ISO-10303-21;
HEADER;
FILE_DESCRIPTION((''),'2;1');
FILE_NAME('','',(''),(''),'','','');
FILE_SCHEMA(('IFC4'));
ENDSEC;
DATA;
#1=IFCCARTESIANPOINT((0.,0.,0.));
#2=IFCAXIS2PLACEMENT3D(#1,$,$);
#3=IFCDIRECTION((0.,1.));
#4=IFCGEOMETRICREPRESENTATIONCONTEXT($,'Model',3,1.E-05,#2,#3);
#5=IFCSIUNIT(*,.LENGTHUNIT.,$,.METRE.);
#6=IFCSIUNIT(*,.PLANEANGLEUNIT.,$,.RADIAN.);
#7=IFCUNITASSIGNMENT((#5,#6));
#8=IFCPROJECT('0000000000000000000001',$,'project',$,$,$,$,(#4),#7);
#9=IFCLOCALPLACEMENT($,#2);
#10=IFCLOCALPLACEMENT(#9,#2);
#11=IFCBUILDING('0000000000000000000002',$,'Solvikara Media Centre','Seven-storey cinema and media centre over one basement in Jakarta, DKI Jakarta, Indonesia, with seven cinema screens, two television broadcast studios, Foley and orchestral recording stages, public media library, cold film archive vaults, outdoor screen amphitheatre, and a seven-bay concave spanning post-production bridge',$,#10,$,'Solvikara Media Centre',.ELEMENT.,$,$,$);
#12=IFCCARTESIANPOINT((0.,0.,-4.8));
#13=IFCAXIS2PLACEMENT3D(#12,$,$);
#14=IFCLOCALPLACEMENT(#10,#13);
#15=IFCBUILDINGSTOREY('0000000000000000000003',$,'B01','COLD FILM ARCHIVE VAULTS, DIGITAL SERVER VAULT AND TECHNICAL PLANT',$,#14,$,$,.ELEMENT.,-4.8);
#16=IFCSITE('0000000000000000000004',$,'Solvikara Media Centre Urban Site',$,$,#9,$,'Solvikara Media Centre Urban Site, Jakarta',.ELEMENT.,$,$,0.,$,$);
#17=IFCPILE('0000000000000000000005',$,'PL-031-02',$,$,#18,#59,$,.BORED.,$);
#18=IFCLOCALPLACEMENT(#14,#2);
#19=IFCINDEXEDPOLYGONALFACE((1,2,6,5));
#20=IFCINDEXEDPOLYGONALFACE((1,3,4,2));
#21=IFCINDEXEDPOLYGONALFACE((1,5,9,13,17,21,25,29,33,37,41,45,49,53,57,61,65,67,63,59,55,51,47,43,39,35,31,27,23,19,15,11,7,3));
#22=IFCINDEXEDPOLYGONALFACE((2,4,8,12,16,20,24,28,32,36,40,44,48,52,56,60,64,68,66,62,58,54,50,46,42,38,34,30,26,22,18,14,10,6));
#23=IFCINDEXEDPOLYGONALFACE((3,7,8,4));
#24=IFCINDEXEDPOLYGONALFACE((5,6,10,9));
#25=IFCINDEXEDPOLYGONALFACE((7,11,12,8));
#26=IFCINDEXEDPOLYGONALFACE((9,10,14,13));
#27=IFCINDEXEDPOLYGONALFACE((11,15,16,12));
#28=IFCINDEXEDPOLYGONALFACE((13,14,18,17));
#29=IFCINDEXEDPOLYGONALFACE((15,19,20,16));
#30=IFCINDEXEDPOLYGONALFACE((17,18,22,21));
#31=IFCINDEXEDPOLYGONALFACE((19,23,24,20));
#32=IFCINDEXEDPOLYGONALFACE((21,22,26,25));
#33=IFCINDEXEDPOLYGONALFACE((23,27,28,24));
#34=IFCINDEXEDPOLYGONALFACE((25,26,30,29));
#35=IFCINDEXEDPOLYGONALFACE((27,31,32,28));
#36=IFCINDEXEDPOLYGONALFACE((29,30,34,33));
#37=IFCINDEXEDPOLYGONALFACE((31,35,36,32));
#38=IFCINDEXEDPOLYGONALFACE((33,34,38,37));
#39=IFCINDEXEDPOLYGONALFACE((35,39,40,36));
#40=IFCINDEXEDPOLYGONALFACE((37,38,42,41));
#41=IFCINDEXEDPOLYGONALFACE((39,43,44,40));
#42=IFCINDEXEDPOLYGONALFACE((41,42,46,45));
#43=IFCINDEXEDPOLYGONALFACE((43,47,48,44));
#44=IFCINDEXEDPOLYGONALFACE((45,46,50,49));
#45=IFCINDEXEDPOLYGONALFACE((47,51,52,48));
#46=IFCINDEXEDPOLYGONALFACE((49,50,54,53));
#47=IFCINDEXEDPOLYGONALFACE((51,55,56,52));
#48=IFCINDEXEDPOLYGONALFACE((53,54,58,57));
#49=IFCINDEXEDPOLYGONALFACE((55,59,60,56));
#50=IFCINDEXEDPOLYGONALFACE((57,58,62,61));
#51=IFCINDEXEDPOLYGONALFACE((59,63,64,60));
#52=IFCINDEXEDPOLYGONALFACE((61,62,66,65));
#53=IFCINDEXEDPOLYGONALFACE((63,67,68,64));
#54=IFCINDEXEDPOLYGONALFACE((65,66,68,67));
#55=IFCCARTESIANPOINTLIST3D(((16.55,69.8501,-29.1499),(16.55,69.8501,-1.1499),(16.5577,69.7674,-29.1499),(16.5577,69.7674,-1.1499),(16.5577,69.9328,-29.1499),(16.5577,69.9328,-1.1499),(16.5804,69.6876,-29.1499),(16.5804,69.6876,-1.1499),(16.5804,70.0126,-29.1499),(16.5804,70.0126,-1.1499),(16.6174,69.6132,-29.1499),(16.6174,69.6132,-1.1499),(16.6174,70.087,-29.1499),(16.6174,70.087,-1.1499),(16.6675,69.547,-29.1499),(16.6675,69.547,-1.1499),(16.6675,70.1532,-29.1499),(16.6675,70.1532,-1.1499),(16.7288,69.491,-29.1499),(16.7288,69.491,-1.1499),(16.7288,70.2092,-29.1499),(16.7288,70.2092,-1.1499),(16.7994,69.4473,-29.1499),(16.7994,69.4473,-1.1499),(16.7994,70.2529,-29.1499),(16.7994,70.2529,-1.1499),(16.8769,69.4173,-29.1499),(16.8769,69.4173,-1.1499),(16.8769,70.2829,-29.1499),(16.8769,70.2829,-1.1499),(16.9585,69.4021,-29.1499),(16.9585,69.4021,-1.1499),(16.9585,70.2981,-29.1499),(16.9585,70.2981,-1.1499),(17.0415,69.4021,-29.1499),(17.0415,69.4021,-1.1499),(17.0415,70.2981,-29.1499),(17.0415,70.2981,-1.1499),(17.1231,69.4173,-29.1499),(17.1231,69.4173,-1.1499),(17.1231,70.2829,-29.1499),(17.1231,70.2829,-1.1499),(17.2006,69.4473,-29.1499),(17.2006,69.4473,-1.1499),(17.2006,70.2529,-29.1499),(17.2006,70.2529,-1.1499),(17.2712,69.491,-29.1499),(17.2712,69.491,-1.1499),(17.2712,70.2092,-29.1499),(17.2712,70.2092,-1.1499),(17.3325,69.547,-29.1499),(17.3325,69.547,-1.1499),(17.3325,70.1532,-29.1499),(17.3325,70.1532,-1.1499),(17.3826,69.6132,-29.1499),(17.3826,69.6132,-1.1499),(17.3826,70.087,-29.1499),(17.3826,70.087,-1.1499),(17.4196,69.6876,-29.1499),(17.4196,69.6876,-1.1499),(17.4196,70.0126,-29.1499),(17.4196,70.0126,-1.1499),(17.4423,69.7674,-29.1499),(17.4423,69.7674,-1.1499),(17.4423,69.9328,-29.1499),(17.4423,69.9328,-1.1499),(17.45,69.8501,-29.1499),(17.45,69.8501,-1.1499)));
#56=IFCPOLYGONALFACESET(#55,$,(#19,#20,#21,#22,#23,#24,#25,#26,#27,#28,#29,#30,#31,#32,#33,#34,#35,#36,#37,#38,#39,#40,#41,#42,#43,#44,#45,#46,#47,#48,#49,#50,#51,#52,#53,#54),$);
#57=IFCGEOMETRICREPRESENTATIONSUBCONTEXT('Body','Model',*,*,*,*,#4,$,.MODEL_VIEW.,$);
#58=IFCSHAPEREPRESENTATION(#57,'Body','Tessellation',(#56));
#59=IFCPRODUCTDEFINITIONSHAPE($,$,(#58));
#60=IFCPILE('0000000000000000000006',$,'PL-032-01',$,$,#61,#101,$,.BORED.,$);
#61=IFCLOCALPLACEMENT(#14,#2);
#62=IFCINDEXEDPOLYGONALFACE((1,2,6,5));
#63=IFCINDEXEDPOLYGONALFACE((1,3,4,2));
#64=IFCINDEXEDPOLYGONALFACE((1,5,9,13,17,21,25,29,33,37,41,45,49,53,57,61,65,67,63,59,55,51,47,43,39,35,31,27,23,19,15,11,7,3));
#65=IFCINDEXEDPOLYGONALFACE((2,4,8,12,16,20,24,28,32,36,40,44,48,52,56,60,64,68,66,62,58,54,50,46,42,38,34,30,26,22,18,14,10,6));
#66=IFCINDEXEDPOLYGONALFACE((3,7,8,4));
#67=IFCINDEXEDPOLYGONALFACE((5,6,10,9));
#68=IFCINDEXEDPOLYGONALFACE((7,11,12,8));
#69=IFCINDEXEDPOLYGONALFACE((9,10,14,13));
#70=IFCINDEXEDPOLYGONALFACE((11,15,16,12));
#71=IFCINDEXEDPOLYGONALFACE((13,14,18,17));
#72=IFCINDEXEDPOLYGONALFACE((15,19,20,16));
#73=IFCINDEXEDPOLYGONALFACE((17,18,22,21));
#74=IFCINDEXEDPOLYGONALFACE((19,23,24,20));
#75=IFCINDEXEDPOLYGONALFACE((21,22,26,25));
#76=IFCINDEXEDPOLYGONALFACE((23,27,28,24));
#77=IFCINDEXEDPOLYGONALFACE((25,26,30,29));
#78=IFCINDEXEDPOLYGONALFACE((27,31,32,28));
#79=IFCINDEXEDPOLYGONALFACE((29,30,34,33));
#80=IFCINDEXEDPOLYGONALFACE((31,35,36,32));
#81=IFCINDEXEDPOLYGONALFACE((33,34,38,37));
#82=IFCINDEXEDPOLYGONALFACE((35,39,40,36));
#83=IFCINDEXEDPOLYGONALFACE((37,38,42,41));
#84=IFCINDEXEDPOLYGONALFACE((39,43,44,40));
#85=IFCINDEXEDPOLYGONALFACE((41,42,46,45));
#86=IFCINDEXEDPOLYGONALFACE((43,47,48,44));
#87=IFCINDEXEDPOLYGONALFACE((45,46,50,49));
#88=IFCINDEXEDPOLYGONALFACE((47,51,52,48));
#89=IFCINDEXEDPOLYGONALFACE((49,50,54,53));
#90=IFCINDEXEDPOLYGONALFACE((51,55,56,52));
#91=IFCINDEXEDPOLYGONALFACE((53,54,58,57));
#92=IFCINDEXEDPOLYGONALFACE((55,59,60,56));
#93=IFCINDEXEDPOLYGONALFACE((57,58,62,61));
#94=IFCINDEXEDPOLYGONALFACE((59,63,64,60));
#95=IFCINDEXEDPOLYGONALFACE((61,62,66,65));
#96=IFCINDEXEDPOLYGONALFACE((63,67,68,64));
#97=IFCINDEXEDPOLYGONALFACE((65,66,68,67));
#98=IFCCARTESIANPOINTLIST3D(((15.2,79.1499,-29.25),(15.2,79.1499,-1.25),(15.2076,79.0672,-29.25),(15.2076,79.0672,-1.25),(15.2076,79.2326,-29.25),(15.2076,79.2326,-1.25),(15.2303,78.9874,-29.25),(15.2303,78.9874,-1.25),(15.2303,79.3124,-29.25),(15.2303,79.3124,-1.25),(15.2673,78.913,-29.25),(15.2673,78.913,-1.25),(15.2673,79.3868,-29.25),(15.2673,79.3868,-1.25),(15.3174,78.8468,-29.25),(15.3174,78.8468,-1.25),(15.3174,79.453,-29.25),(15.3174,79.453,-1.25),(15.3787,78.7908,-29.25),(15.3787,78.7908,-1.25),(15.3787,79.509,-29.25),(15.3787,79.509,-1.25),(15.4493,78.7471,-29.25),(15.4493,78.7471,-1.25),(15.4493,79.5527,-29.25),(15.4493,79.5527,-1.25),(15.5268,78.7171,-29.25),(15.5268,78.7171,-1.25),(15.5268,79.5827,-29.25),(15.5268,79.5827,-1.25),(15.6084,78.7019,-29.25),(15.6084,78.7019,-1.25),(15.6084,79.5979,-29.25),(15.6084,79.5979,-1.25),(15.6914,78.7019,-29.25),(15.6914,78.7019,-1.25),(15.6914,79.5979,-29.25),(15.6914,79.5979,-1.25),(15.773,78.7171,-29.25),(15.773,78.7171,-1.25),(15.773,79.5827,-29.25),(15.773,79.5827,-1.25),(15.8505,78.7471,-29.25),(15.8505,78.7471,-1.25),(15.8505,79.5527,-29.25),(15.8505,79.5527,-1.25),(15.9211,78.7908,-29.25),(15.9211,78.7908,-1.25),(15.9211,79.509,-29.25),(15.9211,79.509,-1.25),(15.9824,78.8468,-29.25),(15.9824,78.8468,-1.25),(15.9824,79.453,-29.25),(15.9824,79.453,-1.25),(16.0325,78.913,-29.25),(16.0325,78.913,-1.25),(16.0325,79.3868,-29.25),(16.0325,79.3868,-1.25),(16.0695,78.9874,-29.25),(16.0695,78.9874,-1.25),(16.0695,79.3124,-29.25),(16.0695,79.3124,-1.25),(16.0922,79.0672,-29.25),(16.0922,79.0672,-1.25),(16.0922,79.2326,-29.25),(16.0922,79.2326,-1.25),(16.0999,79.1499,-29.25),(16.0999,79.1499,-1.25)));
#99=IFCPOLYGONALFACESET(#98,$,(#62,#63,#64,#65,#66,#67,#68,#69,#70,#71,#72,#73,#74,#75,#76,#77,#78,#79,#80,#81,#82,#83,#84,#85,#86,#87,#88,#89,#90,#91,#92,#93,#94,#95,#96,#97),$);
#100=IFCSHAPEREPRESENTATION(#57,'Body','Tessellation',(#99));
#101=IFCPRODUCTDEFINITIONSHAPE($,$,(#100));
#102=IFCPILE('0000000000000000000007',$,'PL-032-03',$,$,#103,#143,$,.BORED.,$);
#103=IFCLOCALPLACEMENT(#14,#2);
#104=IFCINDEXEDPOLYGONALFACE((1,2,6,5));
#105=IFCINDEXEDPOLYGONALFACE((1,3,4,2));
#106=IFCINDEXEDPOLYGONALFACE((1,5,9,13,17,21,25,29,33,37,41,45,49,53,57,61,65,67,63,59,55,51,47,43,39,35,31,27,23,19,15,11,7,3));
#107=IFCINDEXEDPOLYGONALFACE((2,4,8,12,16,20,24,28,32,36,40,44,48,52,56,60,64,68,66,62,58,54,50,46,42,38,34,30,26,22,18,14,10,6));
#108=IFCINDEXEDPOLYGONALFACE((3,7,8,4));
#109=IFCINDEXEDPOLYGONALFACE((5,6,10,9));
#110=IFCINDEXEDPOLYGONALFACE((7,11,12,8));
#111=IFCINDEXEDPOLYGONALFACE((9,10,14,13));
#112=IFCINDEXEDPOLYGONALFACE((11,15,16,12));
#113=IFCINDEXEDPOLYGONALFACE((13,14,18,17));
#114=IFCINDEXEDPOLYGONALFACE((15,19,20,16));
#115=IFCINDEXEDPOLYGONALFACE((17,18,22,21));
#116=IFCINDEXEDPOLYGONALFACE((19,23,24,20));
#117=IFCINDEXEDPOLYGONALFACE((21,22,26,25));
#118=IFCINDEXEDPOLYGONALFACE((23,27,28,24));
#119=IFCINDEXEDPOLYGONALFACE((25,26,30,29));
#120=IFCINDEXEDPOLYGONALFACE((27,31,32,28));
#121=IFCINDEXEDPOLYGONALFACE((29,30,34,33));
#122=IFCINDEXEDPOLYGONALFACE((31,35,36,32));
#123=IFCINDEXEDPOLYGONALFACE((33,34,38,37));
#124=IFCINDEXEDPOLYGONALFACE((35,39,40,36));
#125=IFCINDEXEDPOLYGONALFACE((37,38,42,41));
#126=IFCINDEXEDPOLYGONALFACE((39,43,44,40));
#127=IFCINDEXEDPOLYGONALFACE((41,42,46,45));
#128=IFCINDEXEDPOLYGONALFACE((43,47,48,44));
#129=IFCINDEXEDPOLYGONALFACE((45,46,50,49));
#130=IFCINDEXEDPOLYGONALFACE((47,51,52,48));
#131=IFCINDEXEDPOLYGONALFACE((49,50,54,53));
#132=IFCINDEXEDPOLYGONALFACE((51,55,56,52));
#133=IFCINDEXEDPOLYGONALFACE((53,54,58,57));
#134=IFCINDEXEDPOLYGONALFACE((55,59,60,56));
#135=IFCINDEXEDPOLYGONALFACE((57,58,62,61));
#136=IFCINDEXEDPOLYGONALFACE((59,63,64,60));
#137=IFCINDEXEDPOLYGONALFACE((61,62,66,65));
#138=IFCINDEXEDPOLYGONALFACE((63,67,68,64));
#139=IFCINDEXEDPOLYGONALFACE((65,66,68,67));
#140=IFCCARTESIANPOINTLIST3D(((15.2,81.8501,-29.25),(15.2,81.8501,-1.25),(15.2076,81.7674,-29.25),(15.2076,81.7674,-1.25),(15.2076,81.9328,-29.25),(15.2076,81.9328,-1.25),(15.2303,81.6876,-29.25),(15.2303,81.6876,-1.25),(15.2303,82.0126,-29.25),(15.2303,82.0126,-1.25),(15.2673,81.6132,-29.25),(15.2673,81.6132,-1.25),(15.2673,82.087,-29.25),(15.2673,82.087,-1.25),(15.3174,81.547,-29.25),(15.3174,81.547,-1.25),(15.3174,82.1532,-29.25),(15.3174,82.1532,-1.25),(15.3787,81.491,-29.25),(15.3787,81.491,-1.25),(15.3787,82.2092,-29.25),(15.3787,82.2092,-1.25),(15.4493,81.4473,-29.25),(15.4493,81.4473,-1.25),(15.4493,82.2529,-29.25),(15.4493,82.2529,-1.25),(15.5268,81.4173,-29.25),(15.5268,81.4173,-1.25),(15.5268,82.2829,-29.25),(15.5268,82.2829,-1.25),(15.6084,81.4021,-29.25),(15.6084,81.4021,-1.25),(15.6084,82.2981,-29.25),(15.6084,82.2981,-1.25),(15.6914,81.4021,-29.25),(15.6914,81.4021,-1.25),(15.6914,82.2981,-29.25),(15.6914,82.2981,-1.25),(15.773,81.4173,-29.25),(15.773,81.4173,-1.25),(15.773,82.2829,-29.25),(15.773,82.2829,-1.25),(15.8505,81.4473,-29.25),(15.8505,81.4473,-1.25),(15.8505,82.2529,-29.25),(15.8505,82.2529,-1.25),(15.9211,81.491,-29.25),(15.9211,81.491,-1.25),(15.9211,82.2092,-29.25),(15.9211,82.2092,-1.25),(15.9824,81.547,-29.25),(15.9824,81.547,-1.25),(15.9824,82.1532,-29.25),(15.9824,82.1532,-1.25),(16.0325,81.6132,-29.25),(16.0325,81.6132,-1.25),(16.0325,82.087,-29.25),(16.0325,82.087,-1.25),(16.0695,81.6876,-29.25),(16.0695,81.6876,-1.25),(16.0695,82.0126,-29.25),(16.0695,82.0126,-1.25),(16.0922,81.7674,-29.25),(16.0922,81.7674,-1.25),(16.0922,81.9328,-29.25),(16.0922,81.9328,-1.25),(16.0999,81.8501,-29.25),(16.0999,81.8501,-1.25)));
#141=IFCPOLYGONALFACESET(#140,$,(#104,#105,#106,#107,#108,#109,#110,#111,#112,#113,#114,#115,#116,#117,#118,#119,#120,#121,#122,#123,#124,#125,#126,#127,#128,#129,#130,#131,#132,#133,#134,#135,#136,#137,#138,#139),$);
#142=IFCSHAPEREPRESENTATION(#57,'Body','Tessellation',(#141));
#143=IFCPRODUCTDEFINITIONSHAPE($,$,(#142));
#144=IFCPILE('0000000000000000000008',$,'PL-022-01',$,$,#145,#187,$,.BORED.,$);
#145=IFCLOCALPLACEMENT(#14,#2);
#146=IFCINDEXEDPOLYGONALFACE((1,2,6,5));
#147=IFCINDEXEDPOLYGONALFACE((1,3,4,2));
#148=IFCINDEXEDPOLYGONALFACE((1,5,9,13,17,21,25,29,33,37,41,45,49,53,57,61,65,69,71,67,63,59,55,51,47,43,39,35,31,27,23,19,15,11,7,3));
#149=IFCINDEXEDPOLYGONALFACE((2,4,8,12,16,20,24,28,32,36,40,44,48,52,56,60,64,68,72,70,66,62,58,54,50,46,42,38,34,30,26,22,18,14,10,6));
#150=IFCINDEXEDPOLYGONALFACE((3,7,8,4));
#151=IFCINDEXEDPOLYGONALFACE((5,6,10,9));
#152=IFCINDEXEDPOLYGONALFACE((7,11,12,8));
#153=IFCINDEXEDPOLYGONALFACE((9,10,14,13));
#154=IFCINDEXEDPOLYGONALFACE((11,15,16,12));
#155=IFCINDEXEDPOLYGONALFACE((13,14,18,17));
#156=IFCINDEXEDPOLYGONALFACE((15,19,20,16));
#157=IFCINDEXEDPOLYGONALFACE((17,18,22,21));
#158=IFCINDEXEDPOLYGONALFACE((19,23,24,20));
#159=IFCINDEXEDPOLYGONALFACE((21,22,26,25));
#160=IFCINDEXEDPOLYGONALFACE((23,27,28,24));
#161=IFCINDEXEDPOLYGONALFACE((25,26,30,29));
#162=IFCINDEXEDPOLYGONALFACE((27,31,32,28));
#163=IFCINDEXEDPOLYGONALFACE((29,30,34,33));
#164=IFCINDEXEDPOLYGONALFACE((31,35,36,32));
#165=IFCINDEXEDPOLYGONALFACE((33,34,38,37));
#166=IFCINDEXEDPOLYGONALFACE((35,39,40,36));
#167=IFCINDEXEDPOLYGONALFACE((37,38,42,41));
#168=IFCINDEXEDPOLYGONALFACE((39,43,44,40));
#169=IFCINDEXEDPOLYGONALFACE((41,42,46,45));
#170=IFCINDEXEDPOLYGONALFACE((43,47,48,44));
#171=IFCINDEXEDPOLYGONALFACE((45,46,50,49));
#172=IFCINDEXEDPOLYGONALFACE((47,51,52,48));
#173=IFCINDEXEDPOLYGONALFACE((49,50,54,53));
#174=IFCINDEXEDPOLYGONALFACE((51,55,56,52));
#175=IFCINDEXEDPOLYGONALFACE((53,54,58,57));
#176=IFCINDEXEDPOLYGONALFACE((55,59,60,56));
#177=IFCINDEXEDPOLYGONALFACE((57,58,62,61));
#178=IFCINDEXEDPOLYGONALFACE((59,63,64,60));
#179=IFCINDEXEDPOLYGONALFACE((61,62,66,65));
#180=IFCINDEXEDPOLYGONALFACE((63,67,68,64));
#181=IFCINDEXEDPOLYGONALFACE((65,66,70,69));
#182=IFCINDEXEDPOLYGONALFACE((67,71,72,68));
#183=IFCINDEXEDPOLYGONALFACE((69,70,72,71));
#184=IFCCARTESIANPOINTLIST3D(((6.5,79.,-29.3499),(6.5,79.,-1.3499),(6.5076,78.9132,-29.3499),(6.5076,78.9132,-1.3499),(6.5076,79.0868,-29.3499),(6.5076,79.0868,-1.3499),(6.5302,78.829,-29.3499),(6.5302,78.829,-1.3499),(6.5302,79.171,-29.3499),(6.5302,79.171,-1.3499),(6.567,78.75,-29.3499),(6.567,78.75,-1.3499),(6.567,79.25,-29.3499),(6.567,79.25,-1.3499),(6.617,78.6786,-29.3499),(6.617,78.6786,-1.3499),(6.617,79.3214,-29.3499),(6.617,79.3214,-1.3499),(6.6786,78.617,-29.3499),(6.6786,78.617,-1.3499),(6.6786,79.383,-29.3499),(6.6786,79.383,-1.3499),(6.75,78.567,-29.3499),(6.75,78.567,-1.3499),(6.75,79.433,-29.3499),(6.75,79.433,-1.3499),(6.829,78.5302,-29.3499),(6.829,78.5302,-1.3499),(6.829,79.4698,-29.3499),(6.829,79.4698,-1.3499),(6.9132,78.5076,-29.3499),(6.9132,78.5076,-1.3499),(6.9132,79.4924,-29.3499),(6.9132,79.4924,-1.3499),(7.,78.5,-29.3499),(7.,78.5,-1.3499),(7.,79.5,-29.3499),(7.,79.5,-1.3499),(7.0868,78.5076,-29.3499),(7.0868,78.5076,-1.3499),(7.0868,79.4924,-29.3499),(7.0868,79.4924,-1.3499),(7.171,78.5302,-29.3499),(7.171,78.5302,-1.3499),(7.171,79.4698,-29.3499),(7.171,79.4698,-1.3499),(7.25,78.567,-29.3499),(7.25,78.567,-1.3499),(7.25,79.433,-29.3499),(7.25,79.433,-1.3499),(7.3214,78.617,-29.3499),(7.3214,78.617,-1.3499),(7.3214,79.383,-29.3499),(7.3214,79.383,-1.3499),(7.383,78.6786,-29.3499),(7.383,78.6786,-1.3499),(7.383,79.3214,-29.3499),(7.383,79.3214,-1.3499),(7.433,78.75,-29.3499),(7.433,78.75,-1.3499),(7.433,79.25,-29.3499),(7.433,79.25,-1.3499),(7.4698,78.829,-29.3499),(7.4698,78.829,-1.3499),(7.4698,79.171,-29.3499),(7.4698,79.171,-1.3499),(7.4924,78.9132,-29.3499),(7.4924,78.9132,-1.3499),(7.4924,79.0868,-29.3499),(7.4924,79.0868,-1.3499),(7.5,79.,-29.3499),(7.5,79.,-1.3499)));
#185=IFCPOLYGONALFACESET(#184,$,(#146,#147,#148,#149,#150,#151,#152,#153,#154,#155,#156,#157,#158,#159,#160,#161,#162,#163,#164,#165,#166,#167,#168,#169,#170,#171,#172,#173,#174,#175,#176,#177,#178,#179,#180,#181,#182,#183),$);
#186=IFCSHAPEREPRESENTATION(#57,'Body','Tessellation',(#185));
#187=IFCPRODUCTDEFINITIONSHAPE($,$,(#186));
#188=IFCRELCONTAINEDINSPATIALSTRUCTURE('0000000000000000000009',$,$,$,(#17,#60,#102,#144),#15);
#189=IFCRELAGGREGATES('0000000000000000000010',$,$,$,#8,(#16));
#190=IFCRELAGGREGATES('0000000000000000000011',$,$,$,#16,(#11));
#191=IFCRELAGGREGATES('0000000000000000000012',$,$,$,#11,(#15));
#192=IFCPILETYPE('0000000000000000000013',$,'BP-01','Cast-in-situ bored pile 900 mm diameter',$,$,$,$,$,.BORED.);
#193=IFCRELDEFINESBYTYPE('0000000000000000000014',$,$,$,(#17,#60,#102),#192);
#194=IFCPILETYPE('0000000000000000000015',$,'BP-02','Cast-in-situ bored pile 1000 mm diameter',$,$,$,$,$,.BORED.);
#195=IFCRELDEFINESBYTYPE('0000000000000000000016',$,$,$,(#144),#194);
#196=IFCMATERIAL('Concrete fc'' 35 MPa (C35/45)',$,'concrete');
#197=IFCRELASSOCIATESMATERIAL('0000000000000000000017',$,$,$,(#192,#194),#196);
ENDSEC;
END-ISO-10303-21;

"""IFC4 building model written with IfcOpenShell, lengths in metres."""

from ifc_helpers import new_model, si_unit, direction, frame, origin, origin_2d, place, context, subcontext, project, spatial, circle, extrude, material, material_profile, profile_set, type_object, element, save


model = new_model("IFC4")

# Units and contexts
model_context = context("Model", 3, precision=1e-05, world=origin(), true_north=direction((0.0, 1.0)))
body_context = subcontext(model_context, "Body", "Model", "MODEL_VIEW")
ifc_project = project(units=[si_unit("LENGTHUNIT", "METRE"), si_unit("PLANEANGLEUNIT", "RADIAN")], contexts=[model_context])

# Site, building, storey
site_placement = place(None, origin())
site = spatial("IfcSite", under=ifc_project, at=site_placement, Name="Solvikara Media Centre Urban Site", LongName="Solvikara Media Centre Urban Site, Jakarta", CompositionType="ELEMENT", RefElevation=0.0)
building_placement = place(site_placement, origin())
building = spatial("IfcBuilding", under=site, at=building_placement, Name="Solvikara Media Centre", Description="Seven-storey cinema and media centre over one basement in Jakarta, DKI Jakarta, Indonesia, with seven cinema screens, two television broadcast studios, Foley and orchestral recording stages, public media library, cold film archive vaults, outdoor screen amphitheatre, and a seven-bay concave spanning post-production bridge", LongName="Solvikara Media Centre", CompositionType="ELEMENT")
storey_placement = place(building_placement, frame((0.0, 0.0, -4.8)))
storey = spatial("IfcBuildingStorey", under=building, at=storey_placement, Name="B01", Description="COLD FILM ARCHIVE VAULTS, DIGITAL SERVER VAULT AND TECHNICAL PLANT", CompositionType="ELEMENT", Elevation=-4.8)

# Piles
ifc_material_1 = material(Name="Concrete fc' 35 MPa (C35/45)", Category="concrete")
ifc_material_profile_1 = material_profile(ifc_material_1, circle(Radius=0.45, at=origin_2d()), Name="BORED PILE D900")
ifc_profile_set_1 = profile_set([ifc_material_profile_1], Name="Concrete fc' 35 MPa (C35/45)")
pile_type_1 = type_object("IfcPileType", Name="BP-01", Description="Cast-in-situ bored pile 900 mm diameter", PredefinedType="BORED", material=ifc_profile_set_1)
for number, where, z_axis, x_axis, name in (
    (1, (17.0, 69.8501, -1.1499), (0.0, 0.0, -1.0), (1.0, 0.0, 0.0), "PL-031-02"),
    (2, (15.6499, 79.1499, -1.25), (0.0, 0.0, -1.0), (1.0, 0.0, 0.0), "PL-032-01"),
    (3, (15.6499, 81.8501, -1.25), (0.0, 0.0, -1.0), (1.0, 0.0, 0.0), "PL-032-03"),
):
    element("IfcPile", number, at=place(storey_placement, frame(where, z_axis=z_axis, x_axis=x_axis)), inside=storey, type_object=pile_type_1, Name=name, PredefinedType="BORED", context=body_context, shape_type="SweptSolid", body=[
        extrude(circle(Radius=0.45, at=origin_2d()), origin(), (0.0, 0.0, 1.0), 28.0),
    ])
ifc_material_profile_2 = material_profile(ifc_material_1, circle(Radius=0.5, at=origin_2d()), Name="BORED PILE D1000")
ifc_profile_set_2 = profile_set([ifc_material_profile_2], Name="Concrete fc' 35 MPa (C35/45)")
pile_type_2 = type_object("IfcPileType", Name="BP-02", Description="Cast-in-situ bored pile 1000 mm diameter", PredefinedType="BORED", material=ifc_profile_set_2)
for number, where, z_axis, x_axis, name in (
    (4, (7.0, 79.0, -1.3499), (0.0, 0.0, -1.0), (1.0, 0.0, 0.0), "PL-022-01"),
):
    element("IfcPile", number, at=place(storey_placement, frame(where, z_axis=z_axis, x_axis=x_axis)), inside=storey, type_object=pile_type_2, Name=name, PredefinedType="BORED", context=body_context, shape_type="SweptSolid", body=[
        extrude(circle(Radius=0.5, at=origin_2d()), origin(), (0.0, 0.0, 1.0), 28.0),
    ])

save(model, "model.ifc")
